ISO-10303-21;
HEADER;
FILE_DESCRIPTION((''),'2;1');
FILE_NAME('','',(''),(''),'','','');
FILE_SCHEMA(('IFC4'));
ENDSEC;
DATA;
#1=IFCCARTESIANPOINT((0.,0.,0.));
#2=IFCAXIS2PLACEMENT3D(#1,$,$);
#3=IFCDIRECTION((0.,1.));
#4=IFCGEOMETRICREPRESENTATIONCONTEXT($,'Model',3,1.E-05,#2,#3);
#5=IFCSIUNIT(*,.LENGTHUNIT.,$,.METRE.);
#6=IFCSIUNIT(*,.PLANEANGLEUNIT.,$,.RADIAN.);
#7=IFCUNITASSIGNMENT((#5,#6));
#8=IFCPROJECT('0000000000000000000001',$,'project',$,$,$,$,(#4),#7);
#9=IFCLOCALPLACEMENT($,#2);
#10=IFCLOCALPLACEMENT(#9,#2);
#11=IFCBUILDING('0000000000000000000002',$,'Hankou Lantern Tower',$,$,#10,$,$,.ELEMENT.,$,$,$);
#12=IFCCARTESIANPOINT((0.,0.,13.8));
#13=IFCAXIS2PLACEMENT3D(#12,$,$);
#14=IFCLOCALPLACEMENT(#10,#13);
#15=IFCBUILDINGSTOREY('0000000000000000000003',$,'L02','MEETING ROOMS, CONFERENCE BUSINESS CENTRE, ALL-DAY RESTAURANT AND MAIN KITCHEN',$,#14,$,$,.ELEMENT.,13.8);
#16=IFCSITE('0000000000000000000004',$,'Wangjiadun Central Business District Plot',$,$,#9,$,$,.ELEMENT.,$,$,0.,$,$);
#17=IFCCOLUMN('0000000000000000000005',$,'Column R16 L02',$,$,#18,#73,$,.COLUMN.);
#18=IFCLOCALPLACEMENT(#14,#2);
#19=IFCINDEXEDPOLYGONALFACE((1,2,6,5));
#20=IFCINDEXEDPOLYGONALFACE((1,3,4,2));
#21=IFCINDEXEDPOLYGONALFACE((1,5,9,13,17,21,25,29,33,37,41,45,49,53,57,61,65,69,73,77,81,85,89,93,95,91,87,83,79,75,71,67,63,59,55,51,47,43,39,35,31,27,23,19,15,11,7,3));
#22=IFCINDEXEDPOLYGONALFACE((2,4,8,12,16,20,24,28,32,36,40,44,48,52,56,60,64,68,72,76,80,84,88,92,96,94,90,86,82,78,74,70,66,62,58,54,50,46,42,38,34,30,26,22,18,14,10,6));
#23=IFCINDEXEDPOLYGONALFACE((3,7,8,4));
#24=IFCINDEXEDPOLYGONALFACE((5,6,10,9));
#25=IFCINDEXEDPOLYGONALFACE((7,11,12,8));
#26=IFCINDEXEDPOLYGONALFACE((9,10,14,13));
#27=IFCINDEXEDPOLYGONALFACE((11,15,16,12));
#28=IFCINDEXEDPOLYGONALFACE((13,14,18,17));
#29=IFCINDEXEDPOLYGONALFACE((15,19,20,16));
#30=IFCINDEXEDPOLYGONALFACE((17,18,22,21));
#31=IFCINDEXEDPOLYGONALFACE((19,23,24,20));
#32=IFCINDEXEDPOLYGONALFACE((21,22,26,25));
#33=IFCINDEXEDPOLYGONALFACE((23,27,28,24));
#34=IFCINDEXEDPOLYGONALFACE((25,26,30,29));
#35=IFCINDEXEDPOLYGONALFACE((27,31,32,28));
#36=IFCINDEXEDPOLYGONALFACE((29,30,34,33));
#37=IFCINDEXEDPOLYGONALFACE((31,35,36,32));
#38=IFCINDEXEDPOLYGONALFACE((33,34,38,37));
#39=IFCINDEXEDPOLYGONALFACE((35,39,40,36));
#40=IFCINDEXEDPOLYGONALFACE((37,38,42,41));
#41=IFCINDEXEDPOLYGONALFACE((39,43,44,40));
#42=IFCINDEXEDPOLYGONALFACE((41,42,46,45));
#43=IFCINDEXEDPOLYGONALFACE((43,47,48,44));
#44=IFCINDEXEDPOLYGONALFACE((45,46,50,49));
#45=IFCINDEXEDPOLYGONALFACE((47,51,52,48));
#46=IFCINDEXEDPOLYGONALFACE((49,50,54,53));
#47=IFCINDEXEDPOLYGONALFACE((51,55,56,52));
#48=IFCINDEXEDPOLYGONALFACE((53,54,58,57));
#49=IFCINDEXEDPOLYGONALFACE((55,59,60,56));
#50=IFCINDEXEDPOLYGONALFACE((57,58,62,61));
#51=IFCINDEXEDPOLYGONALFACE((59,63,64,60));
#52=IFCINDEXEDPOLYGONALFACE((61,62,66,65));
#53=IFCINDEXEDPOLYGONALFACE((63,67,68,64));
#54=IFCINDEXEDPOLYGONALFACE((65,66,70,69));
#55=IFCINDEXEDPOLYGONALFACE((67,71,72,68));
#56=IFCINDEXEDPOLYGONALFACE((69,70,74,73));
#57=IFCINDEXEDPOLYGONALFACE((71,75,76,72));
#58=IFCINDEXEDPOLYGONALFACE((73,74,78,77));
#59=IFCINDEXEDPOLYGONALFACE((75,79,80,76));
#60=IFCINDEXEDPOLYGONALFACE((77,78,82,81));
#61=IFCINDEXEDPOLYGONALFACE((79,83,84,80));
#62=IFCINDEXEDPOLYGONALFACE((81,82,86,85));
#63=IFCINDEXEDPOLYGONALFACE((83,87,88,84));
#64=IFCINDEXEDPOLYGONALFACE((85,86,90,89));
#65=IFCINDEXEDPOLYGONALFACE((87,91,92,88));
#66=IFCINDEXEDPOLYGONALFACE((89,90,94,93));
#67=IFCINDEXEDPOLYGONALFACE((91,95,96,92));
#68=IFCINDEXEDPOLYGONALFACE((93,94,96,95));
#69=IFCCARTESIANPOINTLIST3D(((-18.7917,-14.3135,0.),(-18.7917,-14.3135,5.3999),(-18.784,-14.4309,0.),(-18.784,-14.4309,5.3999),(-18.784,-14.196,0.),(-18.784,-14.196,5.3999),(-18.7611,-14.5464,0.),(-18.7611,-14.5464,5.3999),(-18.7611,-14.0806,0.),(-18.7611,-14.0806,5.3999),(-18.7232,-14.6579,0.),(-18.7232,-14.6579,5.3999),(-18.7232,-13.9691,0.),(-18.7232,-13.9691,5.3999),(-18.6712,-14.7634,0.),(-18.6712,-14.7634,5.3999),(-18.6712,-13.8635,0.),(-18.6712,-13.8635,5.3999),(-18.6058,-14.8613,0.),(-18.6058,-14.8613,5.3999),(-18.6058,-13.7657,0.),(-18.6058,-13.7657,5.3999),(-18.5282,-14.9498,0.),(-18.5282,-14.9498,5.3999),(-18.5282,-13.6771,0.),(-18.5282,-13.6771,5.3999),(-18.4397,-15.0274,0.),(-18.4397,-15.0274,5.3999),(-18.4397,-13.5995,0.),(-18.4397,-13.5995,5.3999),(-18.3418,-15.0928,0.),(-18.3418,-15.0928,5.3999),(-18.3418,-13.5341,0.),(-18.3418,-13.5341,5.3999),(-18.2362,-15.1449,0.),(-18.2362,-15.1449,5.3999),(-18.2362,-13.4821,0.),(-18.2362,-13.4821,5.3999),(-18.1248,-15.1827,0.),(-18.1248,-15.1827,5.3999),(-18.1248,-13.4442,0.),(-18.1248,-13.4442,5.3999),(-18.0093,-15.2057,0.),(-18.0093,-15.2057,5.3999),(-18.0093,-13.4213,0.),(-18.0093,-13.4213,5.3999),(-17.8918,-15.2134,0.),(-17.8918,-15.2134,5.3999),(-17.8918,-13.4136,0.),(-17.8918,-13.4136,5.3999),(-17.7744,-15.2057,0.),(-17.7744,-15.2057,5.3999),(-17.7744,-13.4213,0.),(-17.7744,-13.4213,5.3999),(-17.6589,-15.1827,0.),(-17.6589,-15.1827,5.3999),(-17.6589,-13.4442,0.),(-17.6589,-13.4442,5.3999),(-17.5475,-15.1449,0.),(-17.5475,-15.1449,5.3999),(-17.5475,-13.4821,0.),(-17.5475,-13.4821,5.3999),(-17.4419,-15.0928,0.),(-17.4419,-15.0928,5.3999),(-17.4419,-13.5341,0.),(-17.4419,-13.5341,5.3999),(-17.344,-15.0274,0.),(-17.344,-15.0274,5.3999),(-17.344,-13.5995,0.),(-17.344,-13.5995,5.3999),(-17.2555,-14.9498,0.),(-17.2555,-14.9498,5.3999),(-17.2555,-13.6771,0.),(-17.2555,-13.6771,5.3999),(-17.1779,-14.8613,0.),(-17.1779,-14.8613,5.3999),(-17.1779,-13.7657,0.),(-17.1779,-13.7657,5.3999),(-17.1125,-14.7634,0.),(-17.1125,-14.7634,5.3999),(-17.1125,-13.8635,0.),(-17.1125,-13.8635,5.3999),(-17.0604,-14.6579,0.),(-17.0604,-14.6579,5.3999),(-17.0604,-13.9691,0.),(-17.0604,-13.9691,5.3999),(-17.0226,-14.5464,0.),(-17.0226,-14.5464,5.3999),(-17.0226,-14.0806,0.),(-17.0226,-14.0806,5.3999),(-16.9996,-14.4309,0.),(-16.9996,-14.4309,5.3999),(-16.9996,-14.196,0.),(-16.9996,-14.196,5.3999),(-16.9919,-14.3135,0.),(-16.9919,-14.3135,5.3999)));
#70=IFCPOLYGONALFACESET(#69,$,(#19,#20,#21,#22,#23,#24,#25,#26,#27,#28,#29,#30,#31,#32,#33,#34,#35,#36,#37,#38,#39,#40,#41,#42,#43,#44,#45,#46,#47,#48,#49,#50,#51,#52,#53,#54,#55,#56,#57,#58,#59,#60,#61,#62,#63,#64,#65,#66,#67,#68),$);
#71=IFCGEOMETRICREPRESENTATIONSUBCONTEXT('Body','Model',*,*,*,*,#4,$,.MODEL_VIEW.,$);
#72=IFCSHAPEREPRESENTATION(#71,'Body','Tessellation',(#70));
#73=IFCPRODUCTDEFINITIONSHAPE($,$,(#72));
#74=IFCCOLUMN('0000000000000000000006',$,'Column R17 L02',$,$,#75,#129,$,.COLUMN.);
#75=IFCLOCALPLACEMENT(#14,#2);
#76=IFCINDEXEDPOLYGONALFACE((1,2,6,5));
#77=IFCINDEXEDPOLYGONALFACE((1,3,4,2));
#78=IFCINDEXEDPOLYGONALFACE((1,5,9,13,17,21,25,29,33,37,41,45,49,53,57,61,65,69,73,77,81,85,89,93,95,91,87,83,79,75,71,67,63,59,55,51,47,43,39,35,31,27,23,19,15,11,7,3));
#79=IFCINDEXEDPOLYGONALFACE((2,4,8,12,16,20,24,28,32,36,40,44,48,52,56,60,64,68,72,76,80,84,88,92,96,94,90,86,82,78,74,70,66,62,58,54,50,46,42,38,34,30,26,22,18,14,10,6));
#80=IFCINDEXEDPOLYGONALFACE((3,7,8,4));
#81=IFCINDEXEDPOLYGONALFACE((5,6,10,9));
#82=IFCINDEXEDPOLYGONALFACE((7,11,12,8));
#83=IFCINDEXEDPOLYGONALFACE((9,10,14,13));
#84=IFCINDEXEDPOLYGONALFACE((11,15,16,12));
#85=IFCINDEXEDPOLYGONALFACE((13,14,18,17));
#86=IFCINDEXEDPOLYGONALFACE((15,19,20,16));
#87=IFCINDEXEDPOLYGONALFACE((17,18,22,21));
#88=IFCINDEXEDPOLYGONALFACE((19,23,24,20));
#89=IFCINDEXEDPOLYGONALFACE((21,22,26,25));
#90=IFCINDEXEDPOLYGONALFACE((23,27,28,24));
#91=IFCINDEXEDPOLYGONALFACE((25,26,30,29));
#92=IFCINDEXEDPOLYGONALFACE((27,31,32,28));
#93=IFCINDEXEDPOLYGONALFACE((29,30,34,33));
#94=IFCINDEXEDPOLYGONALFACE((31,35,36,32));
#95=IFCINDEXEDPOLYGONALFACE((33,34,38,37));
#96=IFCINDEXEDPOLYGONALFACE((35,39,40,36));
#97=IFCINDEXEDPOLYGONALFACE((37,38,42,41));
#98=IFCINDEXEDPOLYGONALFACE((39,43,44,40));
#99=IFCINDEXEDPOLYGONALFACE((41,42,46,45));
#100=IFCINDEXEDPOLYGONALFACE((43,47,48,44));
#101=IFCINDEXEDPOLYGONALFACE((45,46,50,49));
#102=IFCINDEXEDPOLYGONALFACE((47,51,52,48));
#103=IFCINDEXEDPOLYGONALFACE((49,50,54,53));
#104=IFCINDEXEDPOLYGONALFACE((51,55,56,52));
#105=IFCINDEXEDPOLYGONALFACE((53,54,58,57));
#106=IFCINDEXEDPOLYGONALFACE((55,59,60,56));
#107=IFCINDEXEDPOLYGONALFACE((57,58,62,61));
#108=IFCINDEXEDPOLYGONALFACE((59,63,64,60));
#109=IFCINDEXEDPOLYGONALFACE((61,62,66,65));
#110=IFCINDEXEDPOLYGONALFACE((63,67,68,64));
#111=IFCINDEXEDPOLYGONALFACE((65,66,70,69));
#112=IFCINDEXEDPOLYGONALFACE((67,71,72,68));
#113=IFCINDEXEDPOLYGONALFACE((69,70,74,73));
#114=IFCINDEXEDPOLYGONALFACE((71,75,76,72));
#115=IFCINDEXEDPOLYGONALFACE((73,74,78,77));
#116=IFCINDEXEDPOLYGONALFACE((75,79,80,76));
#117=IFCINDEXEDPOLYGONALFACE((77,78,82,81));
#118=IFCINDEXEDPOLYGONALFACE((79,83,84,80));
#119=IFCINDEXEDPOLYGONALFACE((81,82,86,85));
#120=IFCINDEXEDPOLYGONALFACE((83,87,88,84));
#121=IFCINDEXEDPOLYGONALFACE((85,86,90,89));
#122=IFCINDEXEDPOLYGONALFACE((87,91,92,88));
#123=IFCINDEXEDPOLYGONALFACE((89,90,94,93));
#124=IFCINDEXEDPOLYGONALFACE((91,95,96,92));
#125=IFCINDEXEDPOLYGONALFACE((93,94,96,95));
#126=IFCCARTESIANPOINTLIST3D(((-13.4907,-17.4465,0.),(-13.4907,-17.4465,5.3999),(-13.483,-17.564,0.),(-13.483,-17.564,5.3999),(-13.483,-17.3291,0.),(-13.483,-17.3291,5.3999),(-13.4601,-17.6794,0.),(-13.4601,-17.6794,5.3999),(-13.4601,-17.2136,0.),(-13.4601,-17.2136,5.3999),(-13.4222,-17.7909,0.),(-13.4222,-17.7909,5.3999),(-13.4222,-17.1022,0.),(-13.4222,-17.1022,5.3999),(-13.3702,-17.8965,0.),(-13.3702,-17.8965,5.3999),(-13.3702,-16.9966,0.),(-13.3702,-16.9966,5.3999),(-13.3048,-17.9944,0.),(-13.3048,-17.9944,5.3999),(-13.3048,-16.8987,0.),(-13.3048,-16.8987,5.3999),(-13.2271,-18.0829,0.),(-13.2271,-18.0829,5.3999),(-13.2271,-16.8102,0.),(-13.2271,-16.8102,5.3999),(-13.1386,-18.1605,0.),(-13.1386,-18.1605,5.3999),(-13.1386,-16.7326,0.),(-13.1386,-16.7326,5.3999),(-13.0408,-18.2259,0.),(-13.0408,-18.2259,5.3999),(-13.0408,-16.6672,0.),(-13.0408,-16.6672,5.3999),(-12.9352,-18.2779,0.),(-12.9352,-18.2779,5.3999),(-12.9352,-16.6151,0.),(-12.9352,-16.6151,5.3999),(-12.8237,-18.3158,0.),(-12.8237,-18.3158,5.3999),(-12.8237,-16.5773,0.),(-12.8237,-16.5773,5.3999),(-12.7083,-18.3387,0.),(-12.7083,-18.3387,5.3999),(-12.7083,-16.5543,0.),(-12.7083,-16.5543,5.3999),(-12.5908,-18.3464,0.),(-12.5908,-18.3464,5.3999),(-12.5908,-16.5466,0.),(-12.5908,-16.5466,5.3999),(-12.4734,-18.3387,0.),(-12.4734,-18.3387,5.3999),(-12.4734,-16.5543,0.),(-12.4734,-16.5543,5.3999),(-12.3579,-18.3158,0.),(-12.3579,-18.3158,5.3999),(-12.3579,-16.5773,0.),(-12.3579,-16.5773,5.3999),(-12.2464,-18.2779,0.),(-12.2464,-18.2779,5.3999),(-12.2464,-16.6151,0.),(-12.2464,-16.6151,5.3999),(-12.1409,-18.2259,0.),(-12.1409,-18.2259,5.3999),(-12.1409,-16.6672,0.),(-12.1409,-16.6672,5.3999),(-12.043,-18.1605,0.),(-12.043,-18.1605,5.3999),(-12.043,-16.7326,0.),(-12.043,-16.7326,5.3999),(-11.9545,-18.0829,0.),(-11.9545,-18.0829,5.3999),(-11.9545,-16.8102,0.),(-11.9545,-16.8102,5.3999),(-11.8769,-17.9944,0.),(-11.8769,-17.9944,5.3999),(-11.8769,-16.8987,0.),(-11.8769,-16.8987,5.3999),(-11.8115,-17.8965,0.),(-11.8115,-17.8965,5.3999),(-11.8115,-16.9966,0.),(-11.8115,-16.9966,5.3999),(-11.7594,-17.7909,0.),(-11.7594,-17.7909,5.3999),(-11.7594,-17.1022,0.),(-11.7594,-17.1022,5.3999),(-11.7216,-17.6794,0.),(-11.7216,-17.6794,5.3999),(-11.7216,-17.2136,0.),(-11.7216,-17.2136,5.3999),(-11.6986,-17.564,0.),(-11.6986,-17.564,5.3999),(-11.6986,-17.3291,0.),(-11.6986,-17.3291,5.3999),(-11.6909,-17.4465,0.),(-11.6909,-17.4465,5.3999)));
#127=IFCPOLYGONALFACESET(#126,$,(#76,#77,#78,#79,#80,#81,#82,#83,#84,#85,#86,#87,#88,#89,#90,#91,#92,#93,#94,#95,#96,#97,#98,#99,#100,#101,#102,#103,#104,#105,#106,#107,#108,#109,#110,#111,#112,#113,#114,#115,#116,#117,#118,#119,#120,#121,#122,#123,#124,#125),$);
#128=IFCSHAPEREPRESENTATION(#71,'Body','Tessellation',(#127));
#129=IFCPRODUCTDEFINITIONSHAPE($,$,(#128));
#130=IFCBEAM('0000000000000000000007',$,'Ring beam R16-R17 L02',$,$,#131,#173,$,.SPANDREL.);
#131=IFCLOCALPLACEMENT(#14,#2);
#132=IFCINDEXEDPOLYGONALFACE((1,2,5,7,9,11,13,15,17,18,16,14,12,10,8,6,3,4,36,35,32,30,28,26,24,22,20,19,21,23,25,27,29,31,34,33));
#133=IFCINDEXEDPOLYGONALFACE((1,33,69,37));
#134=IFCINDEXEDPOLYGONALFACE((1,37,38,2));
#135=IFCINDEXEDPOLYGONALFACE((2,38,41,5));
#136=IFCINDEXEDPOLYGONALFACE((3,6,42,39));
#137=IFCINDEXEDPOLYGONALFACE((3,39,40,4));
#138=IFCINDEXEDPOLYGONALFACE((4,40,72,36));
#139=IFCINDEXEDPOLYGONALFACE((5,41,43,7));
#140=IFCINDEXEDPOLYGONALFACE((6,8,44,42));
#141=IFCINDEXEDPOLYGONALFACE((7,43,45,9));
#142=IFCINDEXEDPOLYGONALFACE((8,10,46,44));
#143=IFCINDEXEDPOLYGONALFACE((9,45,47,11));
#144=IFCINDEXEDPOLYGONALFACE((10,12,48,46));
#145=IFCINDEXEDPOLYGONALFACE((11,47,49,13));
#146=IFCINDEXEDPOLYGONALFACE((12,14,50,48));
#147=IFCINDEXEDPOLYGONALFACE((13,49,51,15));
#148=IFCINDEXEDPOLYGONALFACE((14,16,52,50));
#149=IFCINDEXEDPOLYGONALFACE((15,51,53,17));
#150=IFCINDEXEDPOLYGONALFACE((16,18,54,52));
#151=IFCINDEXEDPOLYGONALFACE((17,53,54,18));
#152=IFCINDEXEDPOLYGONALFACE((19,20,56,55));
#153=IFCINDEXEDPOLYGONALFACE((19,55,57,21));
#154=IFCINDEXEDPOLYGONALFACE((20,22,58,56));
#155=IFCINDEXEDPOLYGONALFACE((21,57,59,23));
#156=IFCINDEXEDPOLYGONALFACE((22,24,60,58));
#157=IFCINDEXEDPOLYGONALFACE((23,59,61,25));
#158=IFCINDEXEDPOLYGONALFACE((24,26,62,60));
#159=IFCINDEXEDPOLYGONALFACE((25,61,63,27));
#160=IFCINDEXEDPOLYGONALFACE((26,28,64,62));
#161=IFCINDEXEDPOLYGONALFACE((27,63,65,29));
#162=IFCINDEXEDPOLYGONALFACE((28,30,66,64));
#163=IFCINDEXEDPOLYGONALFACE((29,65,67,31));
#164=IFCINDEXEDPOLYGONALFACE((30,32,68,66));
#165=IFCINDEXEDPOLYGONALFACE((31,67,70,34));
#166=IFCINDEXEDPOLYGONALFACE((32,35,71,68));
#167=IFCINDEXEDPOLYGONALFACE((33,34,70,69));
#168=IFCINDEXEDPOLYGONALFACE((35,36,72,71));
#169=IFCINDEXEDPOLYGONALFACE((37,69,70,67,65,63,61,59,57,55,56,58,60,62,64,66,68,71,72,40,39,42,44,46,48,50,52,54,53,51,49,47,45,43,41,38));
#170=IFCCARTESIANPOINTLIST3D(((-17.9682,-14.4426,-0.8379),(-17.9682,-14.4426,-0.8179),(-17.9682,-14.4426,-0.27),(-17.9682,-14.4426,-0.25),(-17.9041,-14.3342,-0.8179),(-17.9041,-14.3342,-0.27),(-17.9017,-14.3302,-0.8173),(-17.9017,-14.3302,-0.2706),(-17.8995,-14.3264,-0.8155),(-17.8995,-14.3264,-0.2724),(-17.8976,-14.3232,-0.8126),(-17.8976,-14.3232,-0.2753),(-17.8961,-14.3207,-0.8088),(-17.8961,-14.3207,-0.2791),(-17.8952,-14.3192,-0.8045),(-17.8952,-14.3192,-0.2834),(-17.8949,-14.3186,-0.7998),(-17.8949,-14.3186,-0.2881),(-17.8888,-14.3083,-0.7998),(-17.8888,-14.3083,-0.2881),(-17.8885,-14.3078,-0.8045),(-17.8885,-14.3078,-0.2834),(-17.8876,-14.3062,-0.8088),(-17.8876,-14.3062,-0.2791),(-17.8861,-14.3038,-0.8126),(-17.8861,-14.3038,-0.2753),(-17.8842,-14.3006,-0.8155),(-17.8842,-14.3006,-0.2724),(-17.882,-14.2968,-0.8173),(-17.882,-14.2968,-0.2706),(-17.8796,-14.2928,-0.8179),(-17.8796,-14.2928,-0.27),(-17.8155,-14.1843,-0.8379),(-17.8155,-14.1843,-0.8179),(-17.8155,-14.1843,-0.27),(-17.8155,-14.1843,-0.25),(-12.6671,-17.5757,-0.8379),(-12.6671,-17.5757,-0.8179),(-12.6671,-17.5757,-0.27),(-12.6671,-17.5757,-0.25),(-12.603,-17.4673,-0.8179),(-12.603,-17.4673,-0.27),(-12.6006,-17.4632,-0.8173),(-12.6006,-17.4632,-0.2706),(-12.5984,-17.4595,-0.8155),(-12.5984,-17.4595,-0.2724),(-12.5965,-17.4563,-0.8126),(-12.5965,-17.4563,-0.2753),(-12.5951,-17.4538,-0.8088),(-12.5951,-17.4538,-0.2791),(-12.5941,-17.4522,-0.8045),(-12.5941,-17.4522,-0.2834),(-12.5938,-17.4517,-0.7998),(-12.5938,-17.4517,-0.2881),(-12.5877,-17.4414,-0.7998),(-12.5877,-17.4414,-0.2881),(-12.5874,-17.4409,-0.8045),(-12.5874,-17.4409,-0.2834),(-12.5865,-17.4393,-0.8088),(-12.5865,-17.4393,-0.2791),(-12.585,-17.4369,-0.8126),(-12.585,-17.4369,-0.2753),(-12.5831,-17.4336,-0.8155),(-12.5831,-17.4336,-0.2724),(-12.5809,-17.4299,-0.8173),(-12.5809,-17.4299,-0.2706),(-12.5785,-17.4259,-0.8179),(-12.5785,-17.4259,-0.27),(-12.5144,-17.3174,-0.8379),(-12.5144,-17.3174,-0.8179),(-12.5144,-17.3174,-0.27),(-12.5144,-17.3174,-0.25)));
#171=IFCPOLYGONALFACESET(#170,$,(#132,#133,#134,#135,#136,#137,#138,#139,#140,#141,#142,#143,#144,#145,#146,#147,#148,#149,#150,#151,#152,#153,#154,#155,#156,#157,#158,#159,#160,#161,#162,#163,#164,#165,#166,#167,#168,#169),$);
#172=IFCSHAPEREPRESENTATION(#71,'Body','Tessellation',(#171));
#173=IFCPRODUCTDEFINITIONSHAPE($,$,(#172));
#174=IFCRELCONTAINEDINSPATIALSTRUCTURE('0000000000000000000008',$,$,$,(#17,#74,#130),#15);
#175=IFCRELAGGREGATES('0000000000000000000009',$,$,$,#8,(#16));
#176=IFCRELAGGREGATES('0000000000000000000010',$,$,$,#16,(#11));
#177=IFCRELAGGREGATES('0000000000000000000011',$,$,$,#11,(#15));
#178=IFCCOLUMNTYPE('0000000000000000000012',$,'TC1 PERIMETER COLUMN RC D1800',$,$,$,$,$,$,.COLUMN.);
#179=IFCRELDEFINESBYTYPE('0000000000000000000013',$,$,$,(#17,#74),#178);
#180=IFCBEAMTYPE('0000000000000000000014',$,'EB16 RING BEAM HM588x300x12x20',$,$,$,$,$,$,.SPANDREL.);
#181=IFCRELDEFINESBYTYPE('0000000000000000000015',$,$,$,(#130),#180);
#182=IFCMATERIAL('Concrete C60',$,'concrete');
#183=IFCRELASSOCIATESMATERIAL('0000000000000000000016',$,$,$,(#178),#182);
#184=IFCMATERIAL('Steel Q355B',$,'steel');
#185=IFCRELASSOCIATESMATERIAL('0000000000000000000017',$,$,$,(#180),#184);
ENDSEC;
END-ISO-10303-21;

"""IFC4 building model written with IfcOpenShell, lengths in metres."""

from ifc_helpers import new_model, si_unit, direction, frame, origin, origin_2d, place, context, subcontext, project, spatial, circle, i_section, extrude, material, material_profile, profile_set, type_object, element, save


model = new_model("IFC4")

# Units and contexts
model_context = context("Model", 3, precision=1e-05, world=origin(), true_north=direction((0.0, 1.0)))
body_context = subcontext(model_context, "Body", "Model", "MODEL_VIEW")
ifc_project = project(units=[si_unit("LENGTHUNIT", "METRE"), si_unit("PLANEANGLEUNIT", "RADIAN")], contexts=[model_context])

# Site, building, storey
site_placement = place(None, origin())
site = spatial("IfcSite", under=ifc_project, at=site_placement, Name="Wangjiadun Central Business District Plot", CompositionType="ELEMENT", RefElevation=0.0)
building_placement = place(site_placement, origin())
building = spatial("IfcBuilding", under=site, at=building_placement, Name="Hankou Lantern Tower", CompositionType="ELEMENT")
storey_placement = place(building_placement, frame((0.0, 0.0, 13.8)))
storey = spatial("IfcBuildingStorey", under=building, at=storey_placement, Name="L02", Description="MEETING ROOMS, CONFERENCE BUSINESS CENTRE, ALL-DAY RESTAURANT AND MAIN KITCHEN", CompositionType="ELEMENT", Elevation=13.8)

# Columns
ifc_material_1 = material(Name="Concrete C60", Category="concrete")
ifc_material_profile_1 = material_profile(ifc_material_1, circle(Radius=0.8999, at=origin_2d()), Name="RC D1800")
ifc_profile_set_1 = profile_set([ifc_material_profile_1], Name="Concrete C60")
column_type = type_object("IfcColumnType", Name="TC1 PERIMETER COLUMN RC D1800", PredefinedType="COLUMN", material=ifc_profile_set_1)
for number, where, z_axis, x_axis, name in (
    (1, (-17.8918, -14.3135, 0.0), (0.0, 0.0, 1.0), (1.0, 0.0, 0.0), "Column R16 L02"),
    (2, (-12.5908, -17.4465, 0.0), (0.0, 0.0, 1.0), (1.0, 0.0, 0.0), "Column R17 L02"),
):
    element("IfcColumn", number, at=place(storey_placement, frame(where, z_axis=z_axis, x_axis=x_axis)), inside=storey, type_object=column_type, Name=name, PredefinedType="COLUMN", context=body_context, shape_type="SweptSolid", body=[
        extrude(circle(Radius=0.8999, at=origin_2d()), origin(), (0.0, 0.0, 1.0), 5.3999),
    ])

# Beam
ifc_material_2 = material(Name="Steel Q355B", Category="steel")
ifc_material_profile_2 = material_profile(ifc_material_2, i_section(OverallWidth=0.3, OverallDepth=0.5879, WebThickness=0.012, FlangeThickness=0.02, FilletRadius=0.0181, at=origin_2d()), Name="HM588x300x12x20")
ifc_profile_set_2 = profile_set([ifc_material_profile_2], Name="Steel Q355B")
beam_type_1 = type_object("IfcBeamType", Name="EB16 RING BEAM HM588x300x12x20", PredefinedType="SPANDREL", material=ifc_profile_set_2)
beam_1_placement = place(storey_placement, frame((-17.8918, -14.3135, -0.5439), z_axis=(0.860882, -0.508805, 0.0), x_axis=(0.508805, 0.860882, 0.0)))
element("IfcBeam", 3, at=beam_1_placement, inside=storey, type_object=beam_type_1, Name="Ring beam R16-R17 L02", PredefinedType="SPANDREL", context=body_context, shape_type="SweptSolid", body=[
    extrude(i_section(OverallWidth=0.3, OverallDepth=0.5879, WebThickness=0.012, FlangeThickness=0.02, FilletRadius=0.0181, at=origin_2d()), origin(), (0.0, 0.0, 1.0), 6.1577),
])

save(model, "model.ifc")
